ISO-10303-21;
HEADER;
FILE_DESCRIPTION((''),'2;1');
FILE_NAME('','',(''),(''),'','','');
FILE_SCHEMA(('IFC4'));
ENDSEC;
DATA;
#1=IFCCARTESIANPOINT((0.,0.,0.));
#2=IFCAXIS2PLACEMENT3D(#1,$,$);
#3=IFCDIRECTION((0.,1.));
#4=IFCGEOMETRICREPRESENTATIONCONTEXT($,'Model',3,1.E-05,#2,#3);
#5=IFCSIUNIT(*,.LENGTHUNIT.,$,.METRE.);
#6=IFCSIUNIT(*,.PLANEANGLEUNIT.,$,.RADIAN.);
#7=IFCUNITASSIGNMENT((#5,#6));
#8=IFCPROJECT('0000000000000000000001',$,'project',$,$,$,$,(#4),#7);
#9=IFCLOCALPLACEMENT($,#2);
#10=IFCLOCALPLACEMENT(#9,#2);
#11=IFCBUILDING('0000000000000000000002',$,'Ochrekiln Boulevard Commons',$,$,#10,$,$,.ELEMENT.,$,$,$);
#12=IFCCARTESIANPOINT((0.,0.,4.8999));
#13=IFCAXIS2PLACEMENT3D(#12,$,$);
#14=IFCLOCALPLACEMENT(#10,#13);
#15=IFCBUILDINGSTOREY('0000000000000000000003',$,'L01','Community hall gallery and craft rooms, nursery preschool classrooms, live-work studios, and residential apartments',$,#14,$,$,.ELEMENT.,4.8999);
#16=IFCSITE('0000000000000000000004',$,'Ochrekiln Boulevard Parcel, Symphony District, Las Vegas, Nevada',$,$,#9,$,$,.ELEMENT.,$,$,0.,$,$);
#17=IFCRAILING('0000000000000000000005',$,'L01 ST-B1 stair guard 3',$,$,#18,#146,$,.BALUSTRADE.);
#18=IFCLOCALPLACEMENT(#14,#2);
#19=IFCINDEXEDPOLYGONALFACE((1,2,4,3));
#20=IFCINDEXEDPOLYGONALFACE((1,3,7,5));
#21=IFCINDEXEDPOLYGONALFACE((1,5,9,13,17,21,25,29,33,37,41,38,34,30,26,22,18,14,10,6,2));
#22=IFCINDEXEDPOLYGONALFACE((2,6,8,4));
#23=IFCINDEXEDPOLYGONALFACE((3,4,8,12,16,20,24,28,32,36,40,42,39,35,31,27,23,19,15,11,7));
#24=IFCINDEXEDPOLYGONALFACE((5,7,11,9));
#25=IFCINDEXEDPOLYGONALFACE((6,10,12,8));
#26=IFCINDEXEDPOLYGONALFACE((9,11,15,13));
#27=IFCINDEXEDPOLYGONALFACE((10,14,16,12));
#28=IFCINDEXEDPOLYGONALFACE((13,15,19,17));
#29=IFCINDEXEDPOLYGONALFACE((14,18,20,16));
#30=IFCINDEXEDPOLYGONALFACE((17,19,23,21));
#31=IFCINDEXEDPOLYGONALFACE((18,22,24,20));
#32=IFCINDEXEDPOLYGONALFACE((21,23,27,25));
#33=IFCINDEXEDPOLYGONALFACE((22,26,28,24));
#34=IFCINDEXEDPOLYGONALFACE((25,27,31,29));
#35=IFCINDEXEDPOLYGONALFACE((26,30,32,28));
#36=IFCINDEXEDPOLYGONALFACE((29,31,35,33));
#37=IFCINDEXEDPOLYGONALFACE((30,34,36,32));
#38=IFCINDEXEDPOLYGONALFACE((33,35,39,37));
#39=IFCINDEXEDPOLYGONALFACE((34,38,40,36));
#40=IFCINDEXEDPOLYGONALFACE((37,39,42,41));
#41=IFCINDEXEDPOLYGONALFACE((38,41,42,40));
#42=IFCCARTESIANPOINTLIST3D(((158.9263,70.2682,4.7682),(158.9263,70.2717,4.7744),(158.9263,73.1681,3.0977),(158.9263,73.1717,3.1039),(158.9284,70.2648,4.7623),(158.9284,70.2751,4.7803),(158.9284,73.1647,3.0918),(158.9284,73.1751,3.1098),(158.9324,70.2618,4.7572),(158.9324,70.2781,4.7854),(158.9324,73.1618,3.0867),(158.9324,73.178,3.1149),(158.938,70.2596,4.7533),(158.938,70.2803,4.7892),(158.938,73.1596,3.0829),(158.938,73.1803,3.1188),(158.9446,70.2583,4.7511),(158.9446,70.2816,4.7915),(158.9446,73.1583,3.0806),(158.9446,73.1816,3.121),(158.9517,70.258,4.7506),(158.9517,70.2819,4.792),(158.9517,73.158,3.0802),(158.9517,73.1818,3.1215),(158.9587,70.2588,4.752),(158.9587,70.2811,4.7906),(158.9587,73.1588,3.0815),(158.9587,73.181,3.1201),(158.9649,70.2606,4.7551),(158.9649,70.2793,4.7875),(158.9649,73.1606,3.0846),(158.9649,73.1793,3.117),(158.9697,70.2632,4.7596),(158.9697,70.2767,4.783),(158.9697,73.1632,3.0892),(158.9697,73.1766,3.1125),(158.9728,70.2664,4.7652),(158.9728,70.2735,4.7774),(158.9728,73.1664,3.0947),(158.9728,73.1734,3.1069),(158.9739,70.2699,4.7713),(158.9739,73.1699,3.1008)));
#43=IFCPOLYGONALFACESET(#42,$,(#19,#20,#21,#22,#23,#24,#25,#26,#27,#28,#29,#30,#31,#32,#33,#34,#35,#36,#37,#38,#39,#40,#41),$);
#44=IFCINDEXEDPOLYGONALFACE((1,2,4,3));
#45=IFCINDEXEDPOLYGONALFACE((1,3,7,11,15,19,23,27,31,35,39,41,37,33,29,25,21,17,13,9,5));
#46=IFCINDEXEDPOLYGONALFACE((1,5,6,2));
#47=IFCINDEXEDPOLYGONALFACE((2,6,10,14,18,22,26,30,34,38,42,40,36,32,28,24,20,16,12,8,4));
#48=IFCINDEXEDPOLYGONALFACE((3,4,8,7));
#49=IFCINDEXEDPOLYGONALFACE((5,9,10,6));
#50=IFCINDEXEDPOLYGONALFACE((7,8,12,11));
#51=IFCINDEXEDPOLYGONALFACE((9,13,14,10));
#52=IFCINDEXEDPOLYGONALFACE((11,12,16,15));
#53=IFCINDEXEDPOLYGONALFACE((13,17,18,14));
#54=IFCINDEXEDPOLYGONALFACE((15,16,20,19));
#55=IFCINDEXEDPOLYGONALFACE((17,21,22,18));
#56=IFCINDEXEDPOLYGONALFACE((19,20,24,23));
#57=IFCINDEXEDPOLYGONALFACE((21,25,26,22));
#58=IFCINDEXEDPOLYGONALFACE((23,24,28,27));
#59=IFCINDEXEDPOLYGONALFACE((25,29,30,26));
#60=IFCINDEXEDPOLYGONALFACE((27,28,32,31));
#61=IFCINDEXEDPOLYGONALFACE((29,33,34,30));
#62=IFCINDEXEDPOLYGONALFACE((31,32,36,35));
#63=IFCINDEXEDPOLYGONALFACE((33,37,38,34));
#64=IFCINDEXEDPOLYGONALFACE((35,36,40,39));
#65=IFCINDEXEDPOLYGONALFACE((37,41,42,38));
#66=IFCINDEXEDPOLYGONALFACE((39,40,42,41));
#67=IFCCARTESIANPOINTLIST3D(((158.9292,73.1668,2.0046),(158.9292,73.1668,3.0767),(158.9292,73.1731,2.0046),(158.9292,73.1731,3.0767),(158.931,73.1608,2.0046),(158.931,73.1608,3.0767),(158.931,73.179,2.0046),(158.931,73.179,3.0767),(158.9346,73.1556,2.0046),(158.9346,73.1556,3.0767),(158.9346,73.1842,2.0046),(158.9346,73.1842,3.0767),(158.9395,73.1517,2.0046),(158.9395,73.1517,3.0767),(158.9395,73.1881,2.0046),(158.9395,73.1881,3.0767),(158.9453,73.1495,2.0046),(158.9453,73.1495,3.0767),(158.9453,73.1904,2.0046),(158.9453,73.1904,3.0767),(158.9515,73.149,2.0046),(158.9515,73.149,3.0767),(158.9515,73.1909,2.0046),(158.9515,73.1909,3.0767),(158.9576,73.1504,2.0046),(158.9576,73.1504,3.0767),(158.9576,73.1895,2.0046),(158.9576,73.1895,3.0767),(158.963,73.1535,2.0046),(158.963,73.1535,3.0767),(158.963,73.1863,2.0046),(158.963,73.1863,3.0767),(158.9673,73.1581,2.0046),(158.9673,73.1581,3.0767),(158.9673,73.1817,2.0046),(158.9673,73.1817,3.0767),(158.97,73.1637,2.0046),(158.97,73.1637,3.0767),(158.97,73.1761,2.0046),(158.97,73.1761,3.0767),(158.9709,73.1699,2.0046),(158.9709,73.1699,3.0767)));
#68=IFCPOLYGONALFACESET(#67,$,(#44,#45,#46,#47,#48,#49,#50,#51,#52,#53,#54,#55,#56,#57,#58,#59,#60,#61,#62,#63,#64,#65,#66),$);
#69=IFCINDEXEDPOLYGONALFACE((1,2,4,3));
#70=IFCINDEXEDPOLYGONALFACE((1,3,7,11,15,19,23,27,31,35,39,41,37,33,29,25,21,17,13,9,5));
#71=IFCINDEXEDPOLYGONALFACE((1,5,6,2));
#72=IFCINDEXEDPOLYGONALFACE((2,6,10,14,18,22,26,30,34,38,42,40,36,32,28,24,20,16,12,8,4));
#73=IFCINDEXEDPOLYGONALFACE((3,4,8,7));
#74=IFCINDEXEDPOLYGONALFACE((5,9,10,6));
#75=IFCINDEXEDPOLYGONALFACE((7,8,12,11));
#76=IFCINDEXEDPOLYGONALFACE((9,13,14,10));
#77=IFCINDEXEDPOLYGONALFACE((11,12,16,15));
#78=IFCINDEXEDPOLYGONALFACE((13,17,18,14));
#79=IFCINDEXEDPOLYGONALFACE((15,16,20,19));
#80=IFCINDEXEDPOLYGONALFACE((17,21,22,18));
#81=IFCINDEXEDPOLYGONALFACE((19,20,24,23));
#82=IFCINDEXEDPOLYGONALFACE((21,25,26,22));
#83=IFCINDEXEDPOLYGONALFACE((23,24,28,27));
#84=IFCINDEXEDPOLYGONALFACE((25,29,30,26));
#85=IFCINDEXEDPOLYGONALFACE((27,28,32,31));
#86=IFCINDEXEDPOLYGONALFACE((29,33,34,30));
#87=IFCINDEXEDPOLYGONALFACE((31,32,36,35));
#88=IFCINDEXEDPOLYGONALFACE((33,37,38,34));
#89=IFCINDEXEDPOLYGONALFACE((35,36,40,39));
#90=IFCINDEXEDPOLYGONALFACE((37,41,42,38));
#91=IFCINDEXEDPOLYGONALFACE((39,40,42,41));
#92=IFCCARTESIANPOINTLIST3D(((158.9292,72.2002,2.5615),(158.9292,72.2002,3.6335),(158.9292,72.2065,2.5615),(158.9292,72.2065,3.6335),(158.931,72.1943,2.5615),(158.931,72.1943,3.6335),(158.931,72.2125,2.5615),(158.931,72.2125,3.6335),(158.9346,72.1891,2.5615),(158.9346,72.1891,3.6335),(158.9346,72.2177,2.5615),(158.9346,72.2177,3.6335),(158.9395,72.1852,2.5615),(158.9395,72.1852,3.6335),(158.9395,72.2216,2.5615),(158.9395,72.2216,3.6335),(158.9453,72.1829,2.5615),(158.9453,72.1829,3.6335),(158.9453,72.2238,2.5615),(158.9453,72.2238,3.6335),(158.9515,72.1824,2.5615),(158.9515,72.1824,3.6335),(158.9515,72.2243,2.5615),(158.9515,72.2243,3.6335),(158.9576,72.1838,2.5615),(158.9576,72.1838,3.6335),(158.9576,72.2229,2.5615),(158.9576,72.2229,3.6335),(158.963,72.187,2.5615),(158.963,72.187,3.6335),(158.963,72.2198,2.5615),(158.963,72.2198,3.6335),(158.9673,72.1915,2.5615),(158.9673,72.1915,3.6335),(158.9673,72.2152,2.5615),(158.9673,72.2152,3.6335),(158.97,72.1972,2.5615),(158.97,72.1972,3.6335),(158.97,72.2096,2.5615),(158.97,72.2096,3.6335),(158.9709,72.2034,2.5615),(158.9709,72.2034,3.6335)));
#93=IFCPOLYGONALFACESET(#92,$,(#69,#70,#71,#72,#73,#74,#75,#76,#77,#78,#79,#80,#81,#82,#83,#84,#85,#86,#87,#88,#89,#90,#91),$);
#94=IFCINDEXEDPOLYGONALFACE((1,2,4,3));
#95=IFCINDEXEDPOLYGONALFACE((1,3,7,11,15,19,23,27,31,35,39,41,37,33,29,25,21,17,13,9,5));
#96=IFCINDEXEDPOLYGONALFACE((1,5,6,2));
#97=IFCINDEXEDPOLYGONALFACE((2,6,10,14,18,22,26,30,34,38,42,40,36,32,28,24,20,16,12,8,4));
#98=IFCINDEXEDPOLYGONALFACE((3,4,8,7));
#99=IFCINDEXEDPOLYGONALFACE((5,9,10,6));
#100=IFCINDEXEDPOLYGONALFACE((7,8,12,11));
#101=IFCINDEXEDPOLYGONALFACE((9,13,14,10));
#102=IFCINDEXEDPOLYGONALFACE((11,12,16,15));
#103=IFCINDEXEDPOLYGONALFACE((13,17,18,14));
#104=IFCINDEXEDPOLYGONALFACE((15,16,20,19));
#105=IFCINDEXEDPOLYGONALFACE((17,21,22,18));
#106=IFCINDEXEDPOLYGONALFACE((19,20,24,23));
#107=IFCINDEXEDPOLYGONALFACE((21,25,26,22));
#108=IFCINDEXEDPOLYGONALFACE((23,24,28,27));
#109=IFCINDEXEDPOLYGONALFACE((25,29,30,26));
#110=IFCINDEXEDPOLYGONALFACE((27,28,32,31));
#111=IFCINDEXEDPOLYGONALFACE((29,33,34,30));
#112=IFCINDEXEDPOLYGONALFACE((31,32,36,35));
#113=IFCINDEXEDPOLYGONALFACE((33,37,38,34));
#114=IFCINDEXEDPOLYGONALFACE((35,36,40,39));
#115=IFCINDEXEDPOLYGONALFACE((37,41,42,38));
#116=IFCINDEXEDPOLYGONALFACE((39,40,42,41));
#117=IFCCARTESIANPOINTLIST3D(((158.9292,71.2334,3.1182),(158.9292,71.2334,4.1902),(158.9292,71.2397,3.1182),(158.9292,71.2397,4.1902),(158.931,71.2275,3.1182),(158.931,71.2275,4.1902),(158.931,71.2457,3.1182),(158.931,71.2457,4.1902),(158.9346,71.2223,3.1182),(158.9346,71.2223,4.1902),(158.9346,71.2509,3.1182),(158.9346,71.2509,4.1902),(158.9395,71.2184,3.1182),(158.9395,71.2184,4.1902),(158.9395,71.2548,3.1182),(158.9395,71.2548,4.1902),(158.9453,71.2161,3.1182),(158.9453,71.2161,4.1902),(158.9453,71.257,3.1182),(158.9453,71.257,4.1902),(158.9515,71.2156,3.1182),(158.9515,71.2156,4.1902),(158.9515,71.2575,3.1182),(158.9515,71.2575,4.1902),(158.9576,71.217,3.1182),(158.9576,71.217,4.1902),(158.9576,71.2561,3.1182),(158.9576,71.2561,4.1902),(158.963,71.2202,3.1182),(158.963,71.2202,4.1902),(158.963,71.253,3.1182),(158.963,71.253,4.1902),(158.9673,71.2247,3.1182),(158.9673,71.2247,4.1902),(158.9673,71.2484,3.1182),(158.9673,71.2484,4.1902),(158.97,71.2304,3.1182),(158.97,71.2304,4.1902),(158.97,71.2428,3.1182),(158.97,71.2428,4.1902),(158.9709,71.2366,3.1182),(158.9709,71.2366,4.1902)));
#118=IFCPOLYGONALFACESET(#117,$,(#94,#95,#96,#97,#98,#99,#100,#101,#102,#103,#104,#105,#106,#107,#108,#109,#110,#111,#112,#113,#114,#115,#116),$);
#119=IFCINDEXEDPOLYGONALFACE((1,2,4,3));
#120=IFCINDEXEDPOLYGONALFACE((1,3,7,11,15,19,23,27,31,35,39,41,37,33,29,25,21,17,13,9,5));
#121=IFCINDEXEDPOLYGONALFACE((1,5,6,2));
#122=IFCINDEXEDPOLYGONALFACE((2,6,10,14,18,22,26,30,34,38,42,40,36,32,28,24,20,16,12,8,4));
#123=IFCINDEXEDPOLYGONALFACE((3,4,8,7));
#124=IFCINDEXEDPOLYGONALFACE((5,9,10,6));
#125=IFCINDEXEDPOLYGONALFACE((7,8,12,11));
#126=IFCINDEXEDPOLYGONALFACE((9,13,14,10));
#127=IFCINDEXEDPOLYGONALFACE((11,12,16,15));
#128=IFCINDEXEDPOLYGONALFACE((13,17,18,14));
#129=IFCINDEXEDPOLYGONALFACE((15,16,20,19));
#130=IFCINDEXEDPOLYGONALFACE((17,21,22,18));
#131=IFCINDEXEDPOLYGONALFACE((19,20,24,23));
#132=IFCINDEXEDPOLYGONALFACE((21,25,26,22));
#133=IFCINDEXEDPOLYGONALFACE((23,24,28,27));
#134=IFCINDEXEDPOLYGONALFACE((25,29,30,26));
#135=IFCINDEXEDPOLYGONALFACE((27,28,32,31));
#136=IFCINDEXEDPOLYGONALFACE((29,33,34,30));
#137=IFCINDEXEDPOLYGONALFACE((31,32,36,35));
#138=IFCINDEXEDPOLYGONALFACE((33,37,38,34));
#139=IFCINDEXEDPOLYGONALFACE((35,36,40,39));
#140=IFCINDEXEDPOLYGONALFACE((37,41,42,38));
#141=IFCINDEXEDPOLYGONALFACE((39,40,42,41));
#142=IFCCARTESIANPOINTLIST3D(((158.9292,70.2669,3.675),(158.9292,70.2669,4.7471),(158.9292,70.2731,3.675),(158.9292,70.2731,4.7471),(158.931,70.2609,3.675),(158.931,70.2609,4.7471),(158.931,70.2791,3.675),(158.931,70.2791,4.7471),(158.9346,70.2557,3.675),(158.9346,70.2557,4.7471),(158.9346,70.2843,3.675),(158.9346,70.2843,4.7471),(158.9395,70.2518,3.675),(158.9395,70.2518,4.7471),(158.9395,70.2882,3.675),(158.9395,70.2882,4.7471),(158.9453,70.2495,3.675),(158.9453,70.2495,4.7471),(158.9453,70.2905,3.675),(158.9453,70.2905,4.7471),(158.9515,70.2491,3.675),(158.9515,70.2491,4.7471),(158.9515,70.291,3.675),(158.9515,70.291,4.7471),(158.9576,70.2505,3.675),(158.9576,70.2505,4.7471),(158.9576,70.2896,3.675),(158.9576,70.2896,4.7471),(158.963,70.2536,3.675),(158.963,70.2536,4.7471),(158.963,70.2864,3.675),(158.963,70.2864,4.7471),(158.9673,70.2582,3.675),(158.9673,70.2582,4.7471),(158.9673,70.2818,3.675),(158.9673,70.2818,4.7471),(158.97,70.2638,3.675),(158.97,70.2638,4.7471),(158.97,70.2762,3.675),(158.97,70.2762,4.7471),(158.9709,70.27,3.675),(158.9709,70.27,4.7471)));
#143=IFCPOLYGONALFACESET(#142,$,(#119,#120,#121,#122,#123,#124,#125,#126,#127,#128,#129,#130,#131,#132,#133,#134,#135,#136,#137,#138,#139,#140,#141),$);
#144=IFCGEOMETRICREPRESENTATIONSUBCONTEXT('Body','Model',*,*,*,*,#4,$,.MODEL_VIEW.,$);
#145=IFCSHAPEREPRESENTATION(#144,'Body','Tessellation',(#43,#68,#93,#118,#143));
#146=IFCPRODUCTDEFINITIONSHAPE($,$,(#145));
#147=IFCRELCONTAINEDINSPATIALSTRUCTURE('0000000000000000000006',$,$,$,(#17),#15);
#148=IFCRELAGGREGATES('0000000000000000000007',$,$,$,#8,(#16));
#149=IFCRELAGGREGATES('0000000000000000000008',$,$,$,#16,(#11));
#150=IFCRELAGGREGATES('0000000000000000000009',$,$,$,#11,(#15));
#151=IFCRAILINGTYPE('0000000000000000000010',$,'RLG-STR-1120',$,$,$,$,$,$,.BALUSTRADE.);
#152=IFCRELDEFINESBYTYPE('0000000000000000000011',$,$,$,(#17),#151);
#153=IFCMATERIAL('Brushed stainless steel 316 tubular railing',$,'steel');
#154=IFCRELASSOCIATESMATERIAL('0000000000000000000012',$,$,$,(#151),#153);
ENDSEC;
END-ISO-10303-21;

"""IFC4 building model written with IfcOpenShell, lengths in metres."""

from ifc_helpers import new_model, si_unit, direction, frame, origin, origin_2d, place, context, subcontext, project, spatial, circle, extrude, material, type_object, element, save


model = new_model("IFC4")

# Units and contexts
model_context = context("Model", 3, precision=1e-05, world=origin(), true_north=direction((0.0, 1.0)))
body_context = subcontext(model_context, "Body", "Model", "MODEL_VIEW")
ifc_project = project(units=[si_unit("LENGTHUNIT", "METRE"), si_unit("PLANEANGLEUNIT", "RADIAN")], contexts=[model_context])

# Site, building, storey
site_placement = place(None, origin())
site = spatial("IfcSite", under=ifc_project, at=site_placement, Name="Ochrekiln Boulevard Parcel, Symphony District, Las Vegas, Nevada", CompositionType="ELEMENT", RefElevation=0.0)
building_placement = place(site_placement, origin())
building = spatial("IfcBuilding", under=site, at=building_placement, Name="Ochrekiln Boulevard Commons", CompositionType="ELEMENT")
storey_placement = place(building_placement, frame((0.0, 0.0, 4.8999)))
storey = spatial("IfcBuildingStorey", under=building, at=storey_placement, Name="L01", Description="Community hall gallery and craft rooms, nursery preschool classrooms, live-work studios, and residential apartments", CompositionType="ELEMENT", Elevation=4.8999)

# Railing
ifc_material_1 = material(Name="Brushed stainless steel 316 tubular railing", Category="steel")
railing_type_1 = type_object("IfcRailingType", Name="RLG-STR-1120", PredefinedType="BALUSTRADE", material=ifc_material_1)
railing_1_placement = place(storey_placement, frame((158.95, 73.1699, 2.0046)))
element("IfcRailing", 1, at=railing_1_placement, inside=storey, type_object=railing_type_1, Name="L01 ST-B1 stair guard 3", PredefinedType="BALUSTRADE", context=body_context, shape_type="SweptSolid", body=[
    extrude(circle(Radius=0.0239, at=origin_2d()), frame((0.0, 0.0, 1.0962), z_axis=(0.0, -0.866523, 0.499137), x_axis=(1.0, 0.0, 0.0)), (0.0, 0.0, 1.0), 3.3467),
    extrude(circle(Radius=0.021, at=origin_2d()), origin(), (0.0, 0.0, 1.0), 1.072),
    extrude(circle(Radius=0.021, at=origin_2d()), frame((0.0, -0.9666, 0.5569)), (0.0, 0.0, 1.0), 1.072),
    extrude(circle(Radius=0.021, at=origin_2d()), frame((0.0, -1.9333, 1.1135)), (0.0, 0.0, 1.0), 1.072),
    extrude(circle(Radius=0.021, at=origin_2d()), frame((0.0, -2.8999, 1.6704)), (0.0, 0.0, 1.0), 1.072),
])

save(model, "model.ifc")
